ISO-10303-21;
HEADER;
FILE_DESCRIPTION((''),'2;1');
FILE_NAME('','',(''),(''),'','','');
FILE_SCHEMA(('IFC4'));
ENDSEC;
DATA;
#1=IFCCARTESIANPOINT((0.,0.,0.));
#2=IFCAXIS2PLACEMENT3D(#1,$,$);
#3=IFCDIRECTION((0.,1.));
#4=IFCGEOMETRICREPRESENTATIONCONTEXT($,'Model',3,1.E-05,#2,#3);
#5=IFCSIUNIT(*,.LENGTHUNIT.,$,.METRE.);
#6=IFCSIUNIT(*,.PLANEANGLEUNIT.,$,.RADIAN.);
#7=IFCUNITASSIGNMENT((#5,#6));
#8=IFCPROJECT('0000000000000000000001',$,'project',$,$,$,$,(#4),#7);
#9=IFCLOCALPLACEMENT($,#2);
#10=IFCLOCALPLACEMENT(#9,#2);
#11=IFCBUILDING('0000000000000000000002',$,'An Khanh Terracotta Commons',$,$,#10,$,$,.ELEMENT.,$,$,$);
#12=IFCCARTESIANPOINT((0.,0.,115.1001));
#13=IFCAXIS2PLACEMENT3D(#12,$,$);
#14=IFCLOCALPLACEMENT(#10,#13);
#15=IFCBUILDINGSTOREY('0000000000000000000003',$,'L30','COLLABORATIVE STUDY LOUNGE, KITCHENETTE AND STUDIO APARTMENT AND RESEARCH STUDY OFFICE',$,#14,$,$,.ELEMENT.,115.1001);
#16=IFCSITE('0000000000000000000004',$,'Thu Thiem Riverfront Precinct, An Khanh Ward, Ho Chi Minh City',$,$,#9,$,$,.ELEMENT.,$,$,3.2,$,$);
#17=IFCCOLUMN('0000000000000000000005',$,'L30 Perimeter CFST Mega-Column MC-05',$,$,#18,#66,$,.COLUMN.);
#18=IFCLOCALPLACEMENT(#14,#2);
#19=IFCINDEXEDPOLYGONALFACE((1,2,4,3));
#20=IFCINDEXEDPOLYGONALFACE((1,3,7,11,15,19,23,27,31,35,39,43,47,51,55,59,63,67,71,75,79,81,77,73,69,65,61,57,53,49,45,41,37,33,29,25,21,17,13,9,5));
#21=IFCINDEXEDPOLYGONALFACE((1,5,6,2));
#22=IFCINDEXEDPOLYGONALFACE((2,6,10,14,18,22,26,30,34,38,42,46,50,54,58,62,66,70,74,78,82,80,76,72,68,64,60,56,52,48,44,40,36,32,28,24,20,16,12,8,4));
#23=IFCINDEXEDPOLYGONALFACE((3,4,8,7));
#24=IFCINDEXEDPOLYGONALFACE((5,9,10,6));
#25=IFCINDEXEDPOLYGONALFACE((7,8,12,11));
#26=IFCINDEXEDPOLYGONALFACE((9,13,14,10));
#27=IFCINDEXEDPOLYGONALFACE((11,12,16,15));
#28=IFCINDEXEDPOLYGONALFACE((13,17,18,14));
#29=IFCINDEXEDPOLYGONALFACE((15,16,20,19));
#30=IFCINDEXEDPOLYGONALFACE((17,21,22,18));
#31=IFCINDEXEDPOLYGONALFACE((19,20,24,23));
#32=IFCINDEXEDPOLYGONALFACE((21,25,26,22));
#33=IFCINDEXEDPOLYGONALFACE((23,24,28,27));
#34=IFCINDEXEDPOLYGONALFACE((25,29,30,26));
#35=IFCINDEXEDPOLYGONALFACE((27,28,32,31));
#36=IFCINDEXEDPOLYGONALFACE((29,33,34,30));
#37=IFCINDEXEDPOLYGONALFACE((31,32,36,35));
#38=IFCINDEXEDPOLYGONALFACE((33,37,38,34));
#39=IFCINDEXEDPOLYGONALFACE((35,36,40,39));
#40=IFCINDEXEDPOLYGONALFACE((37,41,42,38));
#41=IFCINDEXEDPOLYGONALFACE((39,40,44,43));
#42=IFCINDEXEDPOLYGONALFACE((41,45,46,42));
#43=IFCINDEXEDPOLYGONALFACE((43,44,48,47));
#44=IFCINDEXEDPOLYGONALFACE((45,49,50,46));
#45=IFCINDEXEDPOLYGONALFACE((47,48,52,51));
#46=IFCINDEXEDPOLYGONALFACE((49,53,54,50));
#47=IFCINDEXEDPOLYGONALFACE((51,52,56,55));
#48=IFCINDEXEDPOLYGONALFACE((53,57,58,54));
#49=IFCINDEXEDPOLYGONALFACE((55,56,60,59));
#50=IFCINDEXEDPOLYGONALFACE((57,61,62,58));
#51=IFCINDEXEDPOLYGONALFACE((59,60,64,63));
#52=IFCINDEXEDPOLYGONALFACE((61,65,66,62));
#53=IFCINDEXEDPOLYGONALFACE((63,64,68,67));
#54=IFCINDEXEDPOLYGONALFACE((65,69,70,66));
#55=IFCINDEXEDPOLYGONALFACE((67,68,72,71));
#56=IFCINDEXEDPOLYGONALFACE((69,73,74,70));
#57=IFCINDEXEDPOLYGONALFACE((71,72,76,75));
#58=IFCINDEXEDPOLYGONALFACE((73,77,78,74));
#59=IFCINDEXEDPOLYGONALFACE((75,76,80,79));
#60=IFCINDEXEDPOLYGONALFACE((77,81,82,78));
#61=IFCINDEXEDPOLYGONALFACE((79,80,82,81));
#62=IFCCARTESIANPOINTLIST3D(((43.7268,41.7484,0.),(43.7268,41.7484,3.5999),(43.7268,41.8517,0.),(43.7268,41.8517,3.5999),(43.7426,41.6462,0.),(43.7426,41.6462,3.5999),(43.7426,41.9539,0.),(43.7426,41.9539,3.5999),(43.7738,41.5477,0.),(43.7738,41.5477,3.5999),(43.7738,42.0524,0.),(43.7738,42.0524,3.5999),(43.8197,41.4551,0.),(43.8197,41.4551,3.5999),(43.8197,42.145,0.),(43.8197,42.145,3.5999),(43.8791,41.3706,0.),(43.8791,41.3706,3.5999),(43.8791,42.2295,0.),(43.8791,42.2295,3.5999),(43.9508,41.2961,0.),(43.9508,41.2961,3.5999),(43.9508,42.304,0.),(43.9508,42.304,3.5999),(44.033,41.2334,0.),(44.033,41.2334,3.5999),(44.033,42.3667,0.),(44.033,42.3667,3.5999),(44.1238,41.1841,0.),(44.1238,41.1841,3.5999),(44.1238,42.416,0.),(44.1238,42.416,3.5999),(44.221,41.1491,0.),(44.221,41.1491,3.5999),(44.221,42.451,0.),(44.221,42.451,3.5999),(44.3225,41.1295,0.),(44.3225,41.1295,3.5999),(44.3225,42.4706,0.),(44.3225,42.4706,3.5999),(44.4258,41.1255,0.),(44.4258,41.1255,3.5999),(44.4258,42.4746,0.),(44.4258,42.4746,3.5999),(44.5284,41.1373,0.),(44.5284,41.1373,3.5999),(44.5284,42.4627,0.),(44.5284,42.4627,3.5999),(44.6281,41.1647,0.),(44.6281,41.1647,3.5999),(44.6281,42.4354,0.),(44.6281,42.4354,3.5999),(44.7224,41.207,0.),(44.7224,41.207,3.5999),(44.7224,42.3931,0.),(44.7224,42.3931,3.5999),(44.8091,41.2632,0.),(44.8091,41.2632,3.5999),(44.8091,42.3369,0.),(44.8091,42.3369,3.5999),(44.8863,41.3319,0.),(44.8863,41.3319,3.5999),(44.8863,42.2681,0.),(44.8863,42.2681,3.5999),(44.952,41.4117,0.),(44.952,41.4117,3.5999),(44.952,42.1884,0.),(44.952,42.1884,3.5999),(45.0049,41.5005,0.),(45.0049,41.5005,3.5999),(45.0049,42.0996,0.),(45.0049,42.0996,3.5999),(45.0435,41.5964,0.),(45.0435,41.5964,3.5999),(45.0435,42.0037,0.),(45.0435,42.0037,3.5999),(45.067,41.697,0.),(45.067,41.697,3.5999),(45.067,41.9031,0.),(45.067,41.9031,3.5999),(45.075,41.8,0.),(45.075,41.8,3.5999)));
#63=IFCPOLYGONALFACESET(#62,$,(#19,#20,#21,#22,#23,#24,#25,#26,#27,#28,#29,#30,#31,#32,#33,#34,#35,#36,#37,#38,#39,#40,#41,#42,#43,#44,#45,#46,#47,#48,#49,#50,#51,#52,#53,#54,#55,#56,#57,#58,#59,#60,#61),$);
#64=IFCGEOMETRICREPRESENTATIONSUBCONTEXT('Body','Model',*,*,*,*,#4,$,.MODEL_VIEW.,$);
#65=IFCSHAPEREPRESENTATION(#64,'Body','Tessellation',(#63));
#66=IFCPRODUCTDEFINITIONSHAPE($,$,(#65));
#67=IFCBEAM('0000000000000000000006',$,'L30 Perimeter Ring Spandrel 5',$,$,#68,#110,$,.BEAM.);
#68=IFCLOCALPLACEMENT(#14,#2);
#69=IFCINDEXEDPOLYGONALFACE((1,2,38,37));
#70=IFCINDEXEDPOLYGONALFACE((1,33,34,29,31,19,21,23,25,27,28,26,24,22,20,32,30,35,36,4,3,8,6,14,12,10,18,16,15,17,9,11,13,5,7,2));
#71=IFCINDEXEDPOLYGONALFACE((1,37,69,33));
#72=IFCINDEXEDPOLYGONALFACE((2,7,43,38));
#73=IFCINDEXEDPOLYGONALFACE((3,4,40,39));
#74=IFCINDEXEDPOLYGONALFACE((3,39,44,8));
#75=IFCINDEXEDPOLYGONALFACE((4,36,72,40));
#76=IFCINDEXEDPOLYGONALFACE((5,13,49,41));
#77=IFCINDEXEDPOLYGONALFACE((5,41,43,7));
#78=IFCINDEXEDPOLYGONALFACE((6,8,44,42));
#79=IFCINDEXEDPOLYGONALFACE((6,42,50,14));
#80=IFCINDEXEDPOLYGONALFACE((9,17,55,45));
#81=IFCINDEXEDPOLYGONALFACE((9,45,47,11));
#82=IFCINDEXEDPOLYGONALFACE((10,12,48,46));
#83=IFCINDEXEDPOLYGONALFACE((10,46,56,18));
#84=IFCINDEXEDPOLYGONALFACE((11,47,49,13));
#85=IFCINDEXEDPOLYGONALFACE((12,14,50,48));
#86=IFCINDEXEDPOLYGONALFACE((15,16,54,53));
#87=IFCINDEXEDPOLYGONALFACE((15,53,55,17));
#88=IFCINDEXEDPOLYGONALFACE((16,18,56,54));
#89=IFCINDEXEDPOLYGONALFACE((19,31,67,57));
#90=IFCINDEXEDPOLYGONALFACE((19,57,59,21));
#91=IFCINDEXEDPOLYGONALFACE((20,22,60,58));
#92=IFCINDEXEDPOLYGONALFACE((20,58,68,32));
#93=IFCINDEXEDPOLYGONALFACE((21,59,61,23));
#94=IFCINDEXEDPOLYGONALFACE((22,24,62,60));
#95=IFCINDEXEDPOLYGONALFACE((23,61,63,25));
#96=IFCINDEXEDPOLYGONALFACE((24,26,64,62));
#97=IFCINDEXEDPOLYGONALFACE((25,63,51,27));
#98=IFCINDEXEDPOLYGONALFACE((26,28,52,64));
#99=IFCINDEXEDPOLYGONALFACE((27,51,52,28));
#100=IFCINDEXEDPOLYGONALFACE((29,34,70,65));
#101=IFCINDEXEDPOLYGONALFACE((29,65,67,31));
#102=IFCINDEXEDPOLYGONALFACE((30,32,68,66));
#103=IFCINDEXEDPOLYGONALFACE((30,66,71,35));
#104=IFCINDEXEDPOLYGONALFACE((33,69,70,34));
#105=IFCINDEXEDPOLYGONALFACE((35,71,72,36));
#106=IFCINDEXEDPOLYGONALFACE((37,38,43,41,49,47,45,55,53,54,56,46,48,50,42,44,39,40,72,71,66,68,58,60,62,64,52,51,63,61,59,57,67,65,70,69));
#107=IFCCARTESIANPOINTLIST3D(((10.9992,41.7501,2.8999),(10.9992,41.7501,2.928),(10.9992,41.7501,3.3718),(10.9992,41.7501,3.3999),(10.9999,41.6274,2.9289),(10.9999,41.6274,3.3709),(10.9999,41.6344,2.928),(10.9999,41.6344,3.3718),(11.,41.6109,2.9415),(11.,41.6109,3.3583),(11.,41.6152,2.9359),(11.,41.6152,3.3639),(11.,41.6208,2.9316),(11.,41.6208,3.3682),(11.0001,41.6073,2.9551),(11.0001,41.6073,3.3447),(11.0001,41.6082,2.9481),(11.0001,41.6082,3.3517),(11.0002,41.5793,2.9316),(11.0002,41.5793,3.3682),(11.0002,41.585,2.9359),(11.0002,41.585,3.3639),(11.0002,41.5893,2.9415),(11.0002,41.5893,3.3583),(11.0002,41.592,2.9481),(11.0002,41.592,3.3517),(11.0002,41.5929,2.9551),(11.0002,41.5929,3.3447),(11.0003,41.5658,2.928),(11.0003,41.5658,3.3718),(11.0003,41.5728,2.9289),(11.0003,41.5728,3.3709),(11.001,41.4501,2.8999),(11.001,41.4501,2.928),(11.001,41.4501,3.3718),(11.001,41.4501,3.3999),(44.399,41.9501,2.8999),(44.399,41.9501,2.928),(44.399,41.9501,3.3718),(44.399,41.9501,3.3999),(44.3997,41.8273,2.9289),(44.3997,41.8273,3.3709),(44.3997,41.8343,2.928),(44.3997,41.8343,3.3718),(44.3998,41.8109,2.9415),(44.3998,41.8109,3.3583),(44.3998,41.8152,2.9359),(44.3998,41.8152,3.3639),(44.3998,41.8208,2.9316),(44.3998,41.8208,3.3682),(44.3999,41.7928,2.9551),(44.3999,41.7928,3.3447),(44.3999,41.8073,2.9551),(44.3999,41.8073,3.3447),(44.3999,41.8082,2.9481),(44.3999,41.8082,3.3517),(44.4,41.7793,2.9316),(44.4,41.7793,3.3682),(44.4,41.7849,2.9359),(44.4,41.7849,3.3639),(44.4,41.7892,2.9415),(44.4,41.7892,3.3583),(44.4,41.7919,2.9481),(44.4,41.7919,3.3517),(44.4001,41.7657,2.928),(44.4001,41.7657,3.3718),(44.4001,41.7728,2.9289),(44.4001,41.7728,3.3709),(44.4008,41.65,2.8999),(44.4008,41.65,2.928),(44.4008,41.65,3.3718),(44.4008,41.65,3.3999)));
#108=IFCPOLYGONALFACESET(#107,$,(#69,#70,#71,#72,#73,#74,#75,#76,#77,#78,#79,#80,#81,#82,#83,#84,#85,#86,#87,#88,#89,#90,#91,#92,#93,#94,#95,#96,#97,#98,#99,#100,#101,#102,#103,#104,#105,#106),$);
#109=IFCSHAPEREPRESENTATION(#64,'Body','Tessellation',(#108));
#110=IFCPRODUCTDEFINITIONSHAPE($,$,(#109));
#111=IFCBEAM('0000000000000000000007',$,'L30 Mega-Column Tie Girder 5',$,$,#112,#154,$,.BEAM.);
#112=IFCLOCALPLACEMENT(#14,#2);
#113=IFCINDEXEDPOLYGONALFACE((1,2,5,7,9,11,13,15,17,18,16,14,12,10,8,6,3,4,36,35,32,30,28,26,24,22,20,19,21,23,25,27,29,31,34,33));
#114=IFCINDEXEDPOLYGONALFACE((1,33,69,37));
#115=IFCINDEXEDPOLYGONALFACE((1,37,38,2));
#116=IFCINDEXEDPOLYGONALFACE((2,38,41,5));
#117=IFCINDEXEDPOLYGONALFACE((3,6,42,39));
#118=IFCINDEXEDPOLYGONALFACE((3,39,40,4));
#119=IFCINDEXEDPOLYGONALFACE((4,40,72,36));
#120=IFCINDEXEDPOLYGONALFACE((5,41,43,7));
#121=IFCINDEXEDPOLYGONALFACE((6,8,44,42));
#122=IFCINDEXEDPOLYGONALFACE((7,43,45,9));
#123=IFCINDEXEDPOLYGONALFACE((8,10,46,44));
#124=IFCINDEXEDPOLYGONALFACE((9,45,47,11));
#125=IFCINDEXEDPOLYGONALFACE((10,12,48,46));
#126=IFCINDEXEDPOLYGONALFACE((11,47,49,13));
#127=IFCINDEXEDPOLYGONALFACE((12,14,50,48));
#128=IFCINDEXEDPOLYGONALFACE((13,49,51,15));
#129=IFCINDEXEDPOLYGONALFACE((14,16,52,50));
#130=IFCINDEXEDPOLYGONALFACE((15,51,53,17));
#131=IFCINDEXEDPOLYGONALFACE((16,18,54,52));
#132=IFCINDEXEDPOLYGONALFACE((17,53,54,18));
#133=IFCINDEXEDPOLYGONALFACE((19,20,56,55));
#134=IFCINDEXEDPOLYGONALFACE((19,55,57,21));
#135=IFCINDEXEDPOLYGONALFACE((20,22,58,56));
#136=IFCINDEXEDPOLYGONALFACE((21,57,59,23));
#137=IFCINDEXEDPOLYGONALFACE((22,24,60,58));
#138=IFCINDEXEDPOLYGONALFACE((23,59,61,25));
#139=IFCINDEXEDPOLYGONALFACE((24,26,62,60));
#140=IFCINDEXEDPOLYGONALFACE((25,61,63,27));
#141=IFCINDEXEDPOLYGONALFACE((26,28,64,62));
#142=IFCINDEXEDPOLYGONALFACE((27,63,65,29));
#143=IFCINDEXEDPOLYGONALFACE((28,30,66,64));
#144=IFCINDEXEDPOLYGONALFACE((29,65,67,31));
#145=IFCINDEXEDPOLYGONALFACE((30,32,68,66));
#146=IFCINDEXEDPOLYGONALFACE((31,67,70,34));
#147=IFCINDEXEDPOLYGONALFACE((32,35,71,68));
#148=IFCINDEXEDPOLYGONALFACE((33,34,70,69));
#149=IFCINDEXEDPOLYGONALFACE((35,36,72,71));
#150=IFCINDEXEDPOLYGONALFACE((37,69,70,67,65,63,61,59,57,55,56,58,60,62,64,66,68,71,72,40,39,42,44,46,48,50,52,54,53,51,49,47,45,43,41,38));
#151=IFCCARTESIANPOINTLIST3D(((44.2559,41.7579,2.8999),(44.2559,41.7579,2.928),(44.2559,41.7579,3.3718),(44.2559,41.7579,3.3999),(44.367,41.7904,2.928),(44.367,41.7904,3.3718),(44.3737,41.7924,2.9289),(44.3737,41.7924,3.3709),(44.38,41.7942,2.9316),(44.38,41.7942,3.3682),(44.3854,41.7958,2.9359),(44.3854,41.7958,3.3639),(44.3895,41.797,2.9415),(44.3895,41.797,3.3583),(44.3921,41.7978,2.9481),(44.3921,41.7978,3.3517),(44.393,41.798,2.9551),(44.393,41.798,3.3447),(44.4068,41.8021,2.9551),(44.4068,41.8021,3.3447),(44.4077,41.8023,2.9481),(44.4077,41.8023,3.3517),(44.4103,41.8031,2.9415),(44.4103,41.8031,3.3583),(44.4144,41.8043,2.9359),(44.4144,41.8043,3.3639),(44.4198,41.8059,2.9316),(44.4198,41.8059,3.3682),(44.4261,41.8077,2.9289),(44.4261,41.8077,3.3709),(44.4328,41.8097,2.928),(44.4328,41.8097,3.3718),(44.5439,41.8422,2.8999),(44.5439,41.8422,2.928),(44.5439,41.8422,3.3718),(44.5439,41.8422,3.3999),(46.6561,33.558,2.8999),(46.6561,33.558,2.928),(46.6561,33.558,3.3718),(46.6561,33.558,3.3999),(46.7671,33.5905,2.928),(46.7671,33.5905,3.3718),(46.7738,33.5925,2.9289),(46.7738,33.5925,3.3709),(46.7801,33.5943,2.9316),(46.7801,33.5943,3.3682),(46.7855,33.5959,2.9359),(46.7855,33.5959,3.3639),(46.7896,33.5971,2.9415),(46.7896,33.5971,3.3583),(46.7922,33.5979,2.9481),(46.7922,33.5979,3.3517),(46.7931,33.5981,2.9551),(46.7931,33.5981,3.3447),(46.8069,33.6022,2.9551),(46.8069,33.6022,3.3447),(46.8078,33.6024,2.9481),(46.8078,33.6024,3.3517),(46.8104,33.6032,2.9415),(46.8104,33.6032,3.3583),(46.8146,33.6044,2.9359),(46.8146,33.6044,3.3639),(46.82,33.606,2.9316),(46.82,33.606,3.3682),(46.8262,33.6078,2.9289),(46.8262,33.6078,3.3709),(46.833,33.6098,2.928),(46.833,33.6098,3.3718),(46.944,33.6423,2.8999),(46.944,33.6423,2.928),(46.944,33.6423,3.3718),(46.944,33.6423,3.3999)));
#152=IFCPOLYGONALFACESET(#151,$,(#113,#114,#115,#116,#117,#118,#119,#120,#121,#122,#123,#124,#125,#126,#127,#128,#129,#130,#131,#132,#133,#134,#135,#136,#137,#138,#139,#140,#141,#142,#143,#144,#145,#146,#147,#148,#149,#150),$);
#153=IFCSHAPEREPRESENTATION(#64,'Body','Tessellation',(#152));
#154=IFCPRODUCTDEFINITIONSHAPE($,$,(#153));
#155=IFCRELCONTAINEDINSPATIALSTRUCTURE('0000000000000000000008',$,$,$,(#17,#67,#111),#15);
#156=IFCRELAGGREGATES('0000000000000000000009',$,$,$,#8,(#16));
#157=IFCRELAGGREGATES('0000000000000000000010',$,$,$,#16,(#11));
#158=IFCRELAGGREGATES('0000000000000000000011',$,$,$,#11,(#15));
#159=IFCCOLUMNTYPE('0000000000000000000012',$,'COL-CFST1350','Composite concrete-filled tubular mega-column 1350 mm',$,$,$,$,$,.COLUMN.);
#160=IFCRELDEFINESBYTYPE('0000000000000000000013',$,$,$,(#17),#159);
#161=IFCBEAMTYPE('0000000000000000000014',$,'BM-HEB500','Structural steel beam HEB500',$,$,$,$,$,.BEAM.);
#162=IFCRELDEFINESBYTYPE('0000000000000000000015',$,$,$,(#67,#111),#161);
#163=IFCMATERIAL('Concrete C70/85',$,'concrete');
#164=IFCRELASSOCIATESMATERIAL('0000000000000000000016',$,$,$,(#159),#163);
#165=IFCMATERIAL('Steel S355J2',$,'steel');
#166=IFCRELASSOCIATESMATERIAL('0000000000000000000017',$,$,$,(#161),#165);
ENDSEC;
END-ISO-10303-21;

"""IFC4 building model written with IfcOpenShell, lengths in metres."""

from ifc_helpers import new_model, si_unit, direction, frame, origin, origin_2d, place, context, subcontext, project, spatial, circle, i_section, extrude, material, material_profile, profile_set, type_object, element, save


model = new_model("IFC4")

# Units and contexts
model_context = context("Model", 3, precision=1e-05, world=origin(), true_north=direction((0.0, 1.0)))
body_context = subcontext(model_context, "Body", "Model", "MODEL_VIEW")
ifc_project = project(units=[si_unit("LENGTHUNIT", "METRE"), si_unit("PLANEANGLEUNIT", "RADIAN")], contexts=[model_context])

# Site, building, storey
site_placement = place(None, origin())
site = spatial("IfcSite", under=ifc_project, at=site_placement, Name="Thu Thiem Riverfront Precinct, An Khanh Ward, Ho Chi Minh City", CompositionType="ELEMENT", RefElevation=3.2)
building_placement = place(site_placement, origin())
building = spatial("IfcBuilding", under=site, at=building_placement, Name="An Khanh Terracotta Commons", CompositionType="ELEMENT")
storey_placement = place(building_placement, frame((0.0, 0.0, 115.1001)))
storey = spatial("IfcBuildingStorey", under=building, at=storey_placement, Name="L30", Description="COLLABORATIVE STUDY LOUNGE, KITCHENETTE AND STUDIO APARTMENT AND RESEARCH STUDY OFFICE", CompositionType="ELEMENT", Elevation=115.1001)

# Column
ifc_material_1 = material(Name="Concrete C70/85", Category="concrete")
ifc_material_profile_1 = material_profile(ifc_material_1, circle(Radius=0.675, at=origin_2d()), Name="CFST1350")
ifc_profile_set_1 = profile_set([ifc_material_profile_1], Name="Concrete C70/85")
column_type = type_object("IfcColumnType", Name="COL-CFST1350", Description="Composite concrete-filled tubular mega-column 1350 mm", PredefinedType="COLUMN", material=ifc_profile_set_1)
column_placement = place(storey_placement, frame((44.3999, 41.8, 0.0), z_axis=(0.0, 0.0, 1.0), x_axis=(1.0, 0.0, 0.0)))
element("IfcColumn", 1, at=column_placement, inside=storey, type_object=column_type, Name="L30 Perimeter CFST Mega-Column MC-05", PredefinedType="COLUMN", context=body_context, shape_type="SweptSolid", body=[
    extrude(circle(Radius=0.675, at=origin_2d()), origin(), (0.0, 0.0, 1.0), 3.5999),
])

# Beams
ifc_material_2 = material(Name="Steel S355J2", Category="steel")
ifc_material_profile_2 = material_profile(ifc_material_2, i_section(OverallWidth=0.3, OverallDepth=0.5, WebThickness=0.0144, FlangeThickness=0.0281, FilletRadius=0.0271, at=origin_2d()), Name="HEB500")
ifc_profile_set_2 = profile_set([ifc_material_profile_2], Name="Steel S355J2")
beam_type = type_object("IfcBeamType", Name="BM-HEB500", Description="Structural steel beam HEB500", PredefinedType="BEAM", material=ifc_profile_set_2)
beam_1_placement = place(storey_placement, frame((44.3999, 41.8, 3.1499), z_axis=(-0.999982, -0.005986, 0.0), x_axis=(0.005986, -0.999982, 0.0)))
element("IfcBeam", 2, at=beam_1_placement, inside=storey, type_object=beam_type, Name="L30 Perimeter Ring Spandrel 5", PredefinedType="BEAM", context=body_context, shape_type="SweptSolid", body=[
    extrude(i_section(OverallWidth=0.3, OverallDepth=0.5, WebThickness=0.0144, FlangeThickness=0.0281, FilletRadius=0.0271, at=origin_2d()), origin(), (0.0, 0.0, 1.0), 33.4004),
])
beam_2_placement = place(storey_placement, frame((44.3999, 41.8, 3.1499), z_axis=(0.280916, -0.959732, 0.0), x_axis=(0.959732, 0.280916, 0.0)))
element("IfcBeam", 3, at=beam_2_placement, inside=storey, type_object=beam_type, Name="L30 Mega-Column Tie Girder 5", PredefinedType="BEAM", context=body_context, shape_type="SweptSolid", body=[
    extrude(i_section(OverallWidth=0.3, OverallDepth=0.5, WebThickness=0.0144, FlangeThickness=0.0281, FilletRadius=0.0271, at=origin_2d()), origin(), (0.0, 0.0, 1.0), 8.5439),
])

save(model, "model.ifc")
